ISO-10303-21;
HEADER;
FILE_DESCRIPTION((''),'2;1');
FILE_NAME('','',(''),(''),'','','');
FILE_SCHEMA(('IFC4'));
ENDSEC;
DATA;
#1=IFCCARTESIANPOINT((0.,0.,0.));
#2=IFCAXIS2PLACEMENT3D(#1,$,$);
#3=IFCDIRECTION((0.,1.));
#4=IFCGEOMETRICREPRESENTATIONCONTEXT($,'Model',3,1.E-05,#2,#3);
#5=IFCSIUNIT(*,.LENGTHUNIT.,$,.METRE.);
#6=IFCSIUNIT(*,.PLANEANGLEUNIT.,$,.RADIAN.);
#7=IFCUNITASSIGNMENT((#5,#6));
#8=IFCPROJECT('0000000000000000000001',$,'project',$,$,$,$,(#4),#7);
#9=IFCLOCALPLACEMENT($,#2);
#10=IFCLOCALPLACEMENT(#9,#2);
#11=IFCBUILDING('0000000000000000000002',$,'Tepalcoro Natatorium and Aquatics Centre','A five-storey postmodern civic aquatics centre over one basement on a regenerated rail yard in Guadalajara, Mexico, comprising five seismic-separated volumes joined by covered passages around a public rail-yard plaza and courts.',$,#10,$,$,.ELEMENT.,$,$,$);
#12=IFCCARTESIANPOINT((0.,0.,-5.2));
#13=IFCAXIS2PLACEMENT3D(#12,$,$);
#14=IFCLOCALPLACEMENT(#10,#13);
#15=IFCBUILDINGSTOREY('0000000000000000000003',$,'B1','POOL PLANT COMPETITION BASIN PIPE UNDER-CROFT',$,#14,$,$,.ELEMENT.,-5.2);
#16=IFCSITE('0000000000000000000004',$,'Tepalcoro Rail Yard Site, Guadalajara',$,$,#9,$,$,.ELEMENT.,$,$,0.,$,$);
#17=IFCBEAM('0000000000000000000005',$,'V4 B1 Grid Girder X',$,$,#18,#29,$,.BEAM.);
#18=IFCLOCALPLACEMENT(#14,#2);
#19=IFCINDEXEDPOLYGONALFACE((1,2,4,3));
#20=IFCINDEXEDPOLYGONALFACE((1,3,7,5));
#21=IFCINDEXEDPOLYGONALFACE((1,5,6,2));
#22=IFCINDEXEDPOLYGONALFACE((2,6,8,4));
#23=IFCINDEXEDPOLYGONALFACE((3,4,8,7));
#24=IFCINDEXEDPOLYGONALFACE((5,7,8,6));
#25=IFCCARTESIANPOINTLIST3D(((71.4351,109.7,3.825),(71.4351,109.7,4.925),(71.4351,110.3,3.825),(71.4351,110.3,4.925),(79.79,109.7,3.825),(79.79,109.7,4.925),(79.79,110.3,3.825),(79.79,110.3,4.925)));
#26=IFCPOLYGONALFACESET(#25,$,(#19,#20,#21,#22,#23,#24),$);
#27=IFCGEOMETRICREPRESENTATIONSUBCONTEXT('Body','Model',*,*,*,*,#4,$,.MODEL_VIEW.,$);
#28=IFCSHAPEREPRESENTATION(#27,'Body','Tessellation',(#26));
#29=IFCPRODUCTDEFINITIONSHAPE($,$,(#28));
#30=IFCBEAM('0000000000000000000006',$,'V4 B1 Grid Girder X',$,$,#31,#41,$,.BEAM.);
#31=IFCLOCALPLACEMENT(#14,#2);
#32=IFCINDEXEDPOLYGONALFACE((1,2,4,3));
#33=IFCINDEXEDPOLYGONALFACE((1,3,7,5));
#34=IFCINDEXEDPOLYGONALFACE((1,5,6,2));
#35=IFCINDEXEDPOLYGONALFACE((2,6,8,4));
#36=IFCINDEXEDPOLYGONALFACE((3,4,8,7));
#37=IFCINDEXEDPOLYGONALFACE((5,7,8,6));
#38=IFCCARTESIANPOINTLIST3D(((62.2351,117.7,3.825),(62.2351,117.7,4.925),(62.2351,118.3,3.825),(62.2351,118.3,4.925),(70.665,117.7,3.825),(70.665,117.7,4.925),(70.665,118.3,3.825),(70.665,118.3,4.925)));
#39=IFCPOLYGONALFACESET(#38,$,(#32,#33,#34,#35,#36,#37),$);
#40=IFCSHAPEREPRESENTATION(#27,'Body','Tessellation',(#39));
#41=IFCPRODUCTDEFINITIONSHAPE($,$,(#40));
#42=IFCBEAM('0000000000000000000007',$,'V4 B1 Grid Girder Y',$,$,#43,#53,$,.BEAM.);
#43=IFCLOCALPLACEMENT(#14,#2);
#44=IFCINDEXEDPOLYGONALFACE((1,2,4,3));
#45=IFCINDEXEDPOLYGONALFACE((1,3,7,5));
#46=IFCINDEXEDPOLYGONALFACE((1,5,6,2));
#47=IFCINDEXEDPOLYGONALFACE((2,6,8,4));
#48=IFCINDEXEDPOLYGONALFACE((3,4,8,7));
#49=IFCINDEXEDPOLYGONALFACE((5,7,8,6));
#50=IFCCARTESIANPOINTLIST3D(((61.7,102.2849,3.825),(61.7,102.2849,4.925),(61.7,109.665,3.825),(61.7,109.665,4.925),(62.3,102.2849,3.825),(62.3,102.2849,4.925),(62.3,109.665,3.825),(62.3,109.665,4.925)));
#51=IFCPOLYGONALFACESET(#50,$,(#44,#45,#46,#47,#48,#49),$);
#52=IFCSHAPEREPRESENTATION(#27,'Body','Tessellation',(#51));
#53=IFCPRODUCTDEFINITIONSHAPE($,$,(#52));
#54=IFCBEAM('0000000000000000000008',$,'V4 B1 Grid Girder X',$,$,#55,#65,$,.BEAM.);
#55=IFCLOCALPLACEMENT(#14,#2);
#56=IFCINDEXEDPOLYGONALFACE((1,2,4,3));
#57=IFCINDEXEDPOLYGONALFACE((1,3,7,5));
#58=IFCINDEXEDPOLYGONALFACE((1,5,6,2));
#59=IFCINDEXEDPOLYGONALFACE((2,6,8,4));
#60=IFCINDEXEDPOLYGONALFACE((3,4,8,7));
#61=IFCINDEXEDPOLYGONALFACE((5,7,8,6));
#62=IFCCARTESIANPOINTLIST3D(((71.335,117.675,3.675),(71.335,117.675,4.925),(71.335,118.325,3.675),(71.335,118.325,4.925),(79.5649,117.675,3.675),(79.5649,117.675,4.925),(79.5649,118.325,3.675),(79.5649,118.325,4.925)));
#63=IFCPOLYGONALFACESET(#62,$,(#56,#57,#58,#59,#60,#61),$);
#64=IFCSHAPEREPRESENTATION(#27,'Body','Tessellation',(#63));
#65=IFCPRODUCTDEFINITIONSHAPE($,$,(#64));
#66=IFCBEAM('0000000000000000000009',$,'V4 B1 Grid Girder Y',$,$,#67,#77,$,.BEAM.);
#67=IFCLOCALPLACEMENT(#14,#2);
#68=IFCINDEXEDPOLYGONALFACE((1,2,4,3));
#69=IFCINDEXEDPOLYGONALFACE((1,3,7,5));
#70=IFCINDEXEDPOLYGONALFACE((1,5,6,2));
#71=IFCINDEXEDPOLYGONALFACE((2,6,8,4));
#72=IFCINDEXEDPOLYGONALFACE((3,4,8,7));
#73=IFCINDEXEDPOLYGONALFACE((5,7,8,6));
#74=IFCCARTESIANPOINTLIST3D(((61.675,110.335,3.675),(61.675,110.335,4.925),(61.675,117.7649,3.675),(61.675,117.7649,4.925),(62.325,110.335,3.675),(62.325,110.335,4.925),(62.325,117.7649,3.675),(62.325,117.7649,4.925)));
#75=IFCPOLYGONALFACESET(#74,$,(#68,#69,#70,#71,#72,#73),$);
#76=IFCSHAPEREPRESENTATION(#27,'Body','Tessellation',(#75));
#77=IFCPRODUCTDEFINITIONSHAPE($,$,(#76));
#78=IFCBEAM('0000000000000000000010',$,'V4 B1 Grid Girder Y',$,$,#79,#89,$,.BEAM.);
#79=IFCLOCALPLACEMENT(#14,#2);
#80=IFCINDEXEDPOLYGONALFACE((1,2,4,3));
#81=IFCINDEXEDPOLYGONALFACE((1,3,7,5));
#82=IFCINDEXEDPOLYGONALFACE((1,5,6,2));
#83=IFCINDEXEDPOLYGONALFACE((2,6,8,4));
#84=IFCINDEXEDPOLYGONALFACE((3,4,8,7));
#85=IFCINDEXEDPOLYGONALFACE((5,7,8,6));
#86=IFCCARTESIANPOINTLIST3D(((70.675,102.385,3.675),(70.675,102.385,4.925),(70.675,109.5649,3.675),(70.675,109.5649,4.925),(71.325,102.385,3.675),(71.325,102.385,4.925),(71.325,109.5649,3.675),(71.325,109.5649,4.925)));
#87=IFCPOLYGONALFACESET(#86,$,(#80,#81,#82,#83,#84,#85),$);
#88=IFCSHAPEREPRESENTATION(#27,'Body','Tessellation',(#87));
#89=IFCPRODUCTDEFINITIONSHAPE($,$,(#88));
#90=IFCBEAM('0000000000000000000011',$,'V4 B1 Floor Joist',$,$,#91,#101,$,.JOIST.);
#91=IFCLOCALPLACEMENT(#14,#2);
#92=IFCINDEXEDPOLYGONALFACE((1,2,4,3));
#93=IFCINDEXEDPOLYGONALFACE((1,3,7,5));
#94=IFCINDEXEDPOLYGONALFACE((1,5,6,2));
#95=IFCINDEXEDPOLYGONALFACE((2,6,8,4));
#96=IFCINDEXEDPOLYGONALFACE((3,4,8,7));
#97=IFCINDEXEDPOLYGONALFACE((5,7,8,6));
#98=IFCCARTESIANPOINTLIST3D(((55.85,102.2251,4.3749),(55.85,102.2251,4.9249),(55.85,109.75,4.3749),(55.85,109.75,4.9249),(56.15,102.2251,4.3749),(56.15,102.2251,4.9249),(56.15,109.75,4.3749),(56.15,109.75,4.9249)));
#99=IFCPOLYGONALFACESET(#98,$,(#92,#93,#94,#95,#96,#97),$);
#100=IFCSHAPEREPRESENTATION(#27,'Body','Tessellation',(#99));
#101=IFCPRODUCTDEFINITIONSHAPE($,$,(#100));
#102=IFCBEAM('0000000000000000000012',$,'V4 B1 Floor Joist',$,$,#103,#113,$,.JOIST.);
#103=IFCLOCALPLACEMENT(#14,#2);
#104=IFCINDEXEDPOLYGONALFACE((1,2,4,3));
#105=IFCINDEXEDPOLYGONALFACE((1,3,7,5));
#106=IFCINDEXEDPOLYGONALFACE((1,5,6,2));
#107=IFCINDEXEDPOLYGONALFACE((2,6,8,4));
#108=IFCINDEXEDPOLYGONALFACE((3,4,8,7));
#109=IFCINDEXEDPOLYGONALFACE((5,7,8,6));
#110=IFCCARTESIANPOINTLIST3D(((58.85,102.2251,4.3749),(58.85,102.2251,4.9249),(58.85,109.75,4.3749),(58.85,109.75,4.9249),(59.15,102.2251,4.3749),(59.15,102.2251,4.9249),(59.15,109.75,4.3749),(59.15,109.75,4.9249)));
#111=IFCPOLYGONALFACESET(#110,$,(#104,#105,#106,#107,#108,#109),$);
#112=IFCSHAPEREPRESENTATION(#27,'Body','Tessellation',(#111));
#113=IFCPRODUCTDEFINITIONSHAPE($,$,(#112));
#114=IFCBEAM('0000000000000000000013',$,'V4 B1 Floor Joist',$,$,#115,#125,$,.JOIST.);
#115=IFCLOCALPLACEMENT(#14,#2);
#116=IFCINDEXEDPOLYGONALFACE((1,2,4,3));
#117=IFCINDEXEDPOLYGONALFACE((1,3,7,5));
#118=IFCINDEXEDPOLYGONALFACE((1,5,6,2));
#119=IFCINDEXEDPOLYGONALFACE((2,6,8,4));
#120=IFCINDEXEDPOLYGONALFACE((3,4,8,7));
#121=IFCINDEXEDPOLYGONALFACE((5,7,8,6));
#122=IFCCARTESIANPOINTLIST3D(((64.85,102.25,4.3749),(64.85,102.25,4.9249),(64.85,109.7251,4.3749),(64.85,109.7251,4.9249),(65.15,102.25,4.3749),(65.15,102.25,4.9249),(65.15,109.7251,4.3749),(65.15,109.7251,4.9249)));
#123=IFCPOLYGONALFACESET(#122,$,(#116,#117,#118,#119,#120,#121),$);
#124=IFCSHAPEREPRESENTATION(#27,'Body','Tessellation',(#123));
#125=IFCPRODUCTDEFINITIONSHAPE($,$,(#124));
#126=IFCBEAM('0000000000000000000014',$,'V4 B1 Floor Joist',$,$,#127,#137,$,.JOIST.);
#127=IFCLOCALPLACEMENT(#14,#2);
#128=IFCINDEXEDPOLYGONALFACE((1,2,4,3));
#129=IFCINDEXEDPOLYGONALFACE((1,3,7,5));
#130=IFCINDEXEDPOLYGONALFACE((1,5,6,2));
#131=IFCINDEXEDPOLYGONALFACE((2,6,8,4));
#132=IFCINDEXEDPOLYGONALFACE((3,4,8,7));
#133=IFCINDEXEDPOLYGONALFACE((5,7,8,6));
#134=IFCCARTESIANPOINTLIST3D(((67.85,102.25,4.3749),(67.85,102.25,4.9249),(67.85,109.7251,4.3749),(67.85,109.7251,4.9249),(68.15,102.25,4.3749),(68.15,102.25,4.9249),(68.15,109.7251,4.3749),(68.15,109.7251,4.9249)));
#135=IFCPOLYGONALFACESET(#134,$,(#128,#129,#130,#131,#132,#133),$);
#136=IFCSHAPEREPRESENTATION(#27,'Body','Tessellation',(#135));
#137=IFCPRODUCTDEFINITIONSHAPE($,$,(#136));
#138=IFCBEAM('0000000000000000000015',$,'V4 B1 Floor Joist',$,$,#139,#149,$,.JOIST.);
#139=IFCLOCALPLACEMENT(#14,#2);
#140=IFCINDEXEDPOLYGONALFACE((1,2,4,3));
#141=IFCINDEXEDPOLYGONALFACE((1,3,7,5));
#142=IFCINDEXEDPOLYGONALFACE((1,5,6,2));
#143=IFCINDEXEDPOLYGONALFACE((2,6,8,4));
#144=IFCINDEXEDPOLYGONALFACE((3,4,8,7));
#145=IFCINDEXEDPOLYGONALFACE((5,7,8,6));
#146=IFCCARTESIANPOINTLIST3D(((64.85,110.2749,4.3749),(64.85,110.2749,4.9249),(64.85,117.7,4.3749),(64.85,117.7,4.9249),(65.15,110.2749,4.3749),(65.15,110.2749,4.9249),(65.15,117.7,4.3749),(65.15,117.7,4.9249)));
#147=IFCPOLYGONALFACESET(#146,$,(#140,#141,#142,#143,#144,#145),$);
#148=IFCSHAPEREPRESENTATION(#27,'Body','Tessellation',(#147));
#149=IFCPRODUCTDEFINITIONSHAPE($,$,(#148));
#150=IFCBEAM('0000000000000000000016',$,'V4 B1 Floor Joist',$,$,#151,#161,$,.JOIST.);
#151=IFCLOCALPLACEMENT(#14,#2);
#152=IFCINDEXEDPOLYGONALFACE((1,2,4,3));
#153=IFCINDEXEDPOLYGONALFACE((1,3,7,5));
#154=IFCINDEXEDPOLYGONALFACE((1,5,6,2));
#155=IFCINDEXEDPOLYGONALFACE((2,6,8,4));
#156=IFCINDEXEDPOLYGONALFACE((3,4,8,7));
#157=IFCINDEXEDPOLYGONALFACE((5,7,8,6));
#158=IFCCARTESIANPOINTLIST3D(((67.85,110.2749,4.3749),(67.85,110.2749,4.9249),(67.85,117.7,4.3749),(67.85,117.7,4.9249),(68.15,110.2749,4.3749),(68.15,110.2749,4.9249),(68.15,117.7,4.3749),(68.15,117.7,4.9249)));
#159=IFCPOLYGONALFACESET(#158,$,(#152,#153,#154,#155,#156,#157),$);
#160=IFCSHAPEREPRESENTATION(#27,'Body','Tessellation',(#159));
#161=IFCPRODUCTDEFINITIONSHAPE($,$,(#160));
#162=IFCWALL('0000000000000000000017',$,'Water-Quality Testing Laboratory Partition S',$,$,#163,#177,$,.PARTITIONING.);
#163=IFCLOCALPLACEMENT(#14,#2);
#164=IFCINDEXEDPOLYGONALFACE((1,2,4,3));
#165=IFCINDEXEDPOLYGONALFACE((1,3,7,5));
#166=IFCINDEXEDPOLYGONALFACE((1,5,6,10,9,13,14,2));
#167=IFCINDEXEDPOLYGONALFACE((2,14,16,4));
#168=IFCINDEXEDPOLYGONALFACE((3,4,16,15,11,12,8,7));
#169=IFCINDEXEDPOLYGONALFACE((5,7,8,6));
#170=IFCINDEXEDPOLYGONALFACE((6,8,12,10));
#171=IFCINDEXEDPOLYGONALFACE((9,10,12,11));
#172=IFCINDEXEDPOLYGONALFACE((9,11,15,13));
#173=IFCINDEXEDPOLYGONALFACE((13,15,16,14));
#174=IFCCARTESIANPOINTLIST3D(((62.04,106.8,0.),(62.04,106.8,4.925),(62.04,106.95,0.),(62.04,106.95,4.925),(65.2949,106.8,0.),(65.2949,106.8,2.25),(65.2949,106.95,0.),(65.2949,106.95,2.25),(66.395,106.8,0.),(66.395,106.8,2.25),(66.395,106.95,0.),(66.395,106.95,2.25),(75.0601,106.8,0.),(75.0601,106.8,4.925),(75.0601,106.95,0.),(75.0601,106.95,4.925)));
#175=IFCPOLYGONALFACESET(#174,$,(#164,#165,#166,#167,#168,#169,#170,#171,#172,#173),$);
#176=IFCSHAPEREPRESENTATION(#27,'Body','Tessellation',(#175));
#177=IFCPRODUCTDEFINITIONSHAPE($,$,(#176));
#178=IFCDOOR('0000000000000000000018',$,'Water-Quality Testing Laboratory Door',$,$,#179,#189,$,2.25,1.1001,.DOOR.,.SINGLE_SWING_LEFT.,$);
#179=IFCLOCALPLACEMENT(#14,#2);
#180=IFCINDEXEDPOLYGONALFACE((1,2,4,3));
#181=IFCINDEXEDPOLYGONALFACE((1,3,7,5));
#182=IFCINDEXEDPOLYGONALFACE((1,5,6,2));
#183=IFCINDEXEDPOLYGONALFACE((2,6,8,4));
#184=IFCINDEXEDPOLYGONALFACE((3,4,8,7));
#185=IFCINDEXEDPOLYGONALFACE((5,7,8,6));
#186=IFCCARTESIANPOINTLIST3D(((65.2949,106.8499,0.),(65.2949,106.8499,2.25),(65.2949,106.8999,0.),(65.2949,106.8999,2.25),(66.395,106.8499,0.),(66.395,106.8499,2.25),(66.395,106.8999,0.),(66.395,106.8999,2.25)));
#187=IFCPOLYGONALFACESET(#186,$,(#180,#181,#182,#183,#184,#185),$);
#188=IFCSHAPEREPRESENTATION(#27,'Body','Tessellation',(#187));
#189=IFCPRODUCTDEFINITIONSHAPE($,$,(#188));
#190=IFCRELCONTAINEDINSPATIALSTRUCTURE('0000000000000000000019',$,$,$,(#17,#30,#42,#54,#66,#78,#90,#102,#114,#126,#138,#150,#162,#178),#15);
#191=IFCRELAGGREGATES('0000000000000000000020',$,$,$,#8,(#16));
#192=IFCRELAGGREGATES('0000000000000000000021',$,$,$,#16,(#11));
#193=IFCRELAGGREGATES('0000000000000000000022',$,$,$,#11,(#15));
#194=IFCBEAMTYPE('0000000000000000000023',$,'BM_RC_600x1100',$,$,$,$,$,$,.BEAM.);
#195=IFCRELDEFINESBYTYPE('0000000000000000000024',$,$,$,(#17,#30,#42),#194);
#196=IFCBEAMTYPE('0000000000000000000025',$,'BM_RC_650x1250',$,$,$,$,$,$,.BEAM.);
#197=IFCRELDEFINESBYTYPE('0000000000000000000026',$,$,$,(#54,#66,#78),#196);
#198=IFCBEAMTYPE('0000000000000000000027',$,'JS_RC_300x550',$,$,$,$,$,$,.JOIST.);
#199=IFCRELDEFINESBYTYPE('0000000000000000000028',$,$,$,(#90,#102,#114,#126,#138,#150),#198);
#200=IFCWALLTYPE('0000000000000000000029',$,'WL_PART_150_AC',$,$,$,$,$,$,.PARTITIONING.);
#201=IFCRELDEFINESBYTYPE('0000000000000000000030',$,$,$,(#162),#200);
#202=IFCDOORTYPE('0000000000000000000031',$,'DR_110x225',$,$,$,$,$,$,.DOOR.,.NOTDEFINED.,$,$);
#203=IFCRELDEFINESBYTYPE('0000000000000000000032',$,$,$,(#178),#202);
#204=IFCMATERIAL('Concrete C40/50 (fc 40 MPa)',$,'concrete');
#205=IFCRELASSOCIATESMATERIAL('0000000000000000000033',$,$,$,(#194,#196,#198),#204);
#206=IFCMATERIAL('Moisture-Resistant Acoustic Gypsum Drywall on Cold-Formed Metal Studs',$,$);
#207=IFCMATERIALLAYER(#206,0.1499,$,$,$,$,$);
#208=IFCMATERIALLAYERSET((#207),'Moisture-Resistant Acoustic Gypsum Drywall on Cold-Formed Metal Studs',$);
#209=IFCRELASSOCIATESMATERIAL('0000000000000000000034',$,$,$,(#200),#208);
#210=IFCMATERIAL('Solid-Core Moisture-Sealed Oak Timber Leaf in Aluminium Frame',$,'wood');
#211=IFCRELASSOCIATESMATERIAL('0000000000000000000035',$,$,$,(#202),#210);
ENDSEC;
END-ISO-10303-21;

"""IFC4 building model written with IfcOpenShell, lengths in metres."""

from ifc_helpers import new_model, si_unit, direction, frame, frame_2d, origin, origin_2d, place, context, subcontext, project, spatial, rectangle, extrude, material, layer, layer_set, material_profile, profile_set, type_object, element, fill, save


model = new_model("IFC4")

# Units and contexts
model_context = context("Model", 3, precision=1e-05, world=origin(), true_north=direction((0.0, 1.0)))
body_context = subcontext(model_context, "Body", "Model", "MODEL_VIEW")
ifc_project = project(units=[si_unit("LENGTHUNIT", "METRE"), si_unit("PLANEANGLEUNIT", "RADIAN")], contexts=[model_context])

# Site, building, storey
site_placement = place(None, origin())
site = spatial("IfcSite", under=ifc_project, at=site_placement, Name="Tepalcoro Rail Yard Site, Guadalajara", CompositionType="ELEMENT", RefElevation=0.0)
building_placement = place(site_placement, origin())
building = spatial("IfcBuilding", under=site, at=building_placement, Name="Tepalcoro Natatorium and Aquatics Centre", Description="A five-storey postmodern civic aquatics centre over one basement on a regenerated rail yard in Guadalajara, Mexico, comprising five seismic-separated volumes joined by covered passages around a public rail-yard plaza and courts.", CompositionType="ELEMENT")
storey_placement = place(building_placement, frame((0.0, 0.0, -5.2)))
storey = spatial("IfcBuildingStorey", under=building, at=storey_placement, Name="B1", Description="POOL PLANT COMPETITION BASIN PIPE UNDER-CROFT", CompositionType="ELEMENT", Elevation=-5.2)

# Shared definitions
ifc_material_1 = material(Name="Concrete C40/50 (fc 40 MPa)", Category="concrete")

# Beams
ifc_material_profile_1 = material_profile(ifc_material_1, rectangle(XDim=0.6001, YDim=1.1001, at=origin_2d()), Name="RCB600x1100")
ifc_profile_set_1 = profile_set([ifc_material_profile_1], Name="Concrete C40/50 (fc 40 MPa)")
beam_type_1 = type_object("IfcBeamType", Name="BM_RC_600x1100", PredefinedType="BEAM", material=ifc_profile_set_1)
beam_1_placement = place(storey_placement, frame((71.4351, 110.0, 4.375), z_axis=(1.0, 0.0, 0.0), x_axis=(0.0, 1.0, 0.0)))
element("IfcBeam", 1, at=beam_1_placement, inside=storey, type_object=beam_type_1, Name="V4 B1 Grid Girder X", PredefinedType="BEAM", context=body_context, shape_type="SweptSolid", body=[
    extrude(rectangle(XDim=0.6001, YDim=1.1001, at=origin_2d()), origin(), (0.0, 0.0, 1.0), 8.355),
])
beam_2_placement = place(storey_placement, frame((62.2351, 118.0, 4.375), z_axis=(1.0, 0.0, 0.0), x_axis=(0.0, 1.0, 0.0)))
element("IfcBeam", 2, at=beam_2_placement, inside=storey, type_object=beam_type_1, Name="V4 B1 Grid Girder X", PredefinedType="BEAM", context=body_context, shape_type="SweptSolid", body=[
    extrude(rectangle(XDim=0.6001, YDim=1.1001, at=origin_2d()), origin(), (0.0, 0.0, 1.0), 8.4299),
])
beam_3_placement = place(storey_placement, frame((62.0, 102.2849, 4.375), z_axis=(0.0, 1.0, 0.0), x_axis=(-1.0, 0.0, 0.0)))
element("IfcBeam", 3, at=beam_3_placement, inside=storey, type_object=beam_type_1, Name="V4 B1 Grid Girder Y", PredefinedType="BEAM", context=body_context, shape_type="SweptSolid", body=[
    extrude(rectangle(XDim=0.6001, YDim=1.1001, at=origin_2d()), origin(), (0.0, 0.0, 1.0), 7.3801),
])
ifc_material_profile_2 = material_profile(ifc_material_1, rectangle(XDim=0.6499, YDim=1.25, at=origin_2d()), Name="RCB650x1250")
ifc_profile_set_2 = profile_set([ifc_material_profile_2], Name="Concrete C40/50 (fc 40 MPa)")
beam_type_2 = type_object("IfcBeamType", Name="BM_RC_650x1250", PredefinedType="BEAM", material=ifc_profile_set_2)
beam_4_placement = place(storey_placement, frame((71.335, 118.0, 4.3), z_axis=(1.0, 0.0, 0.0), x_axis=(0.0, 1.0, 0.0)))
element("IfcBeam", 4, at=beam_4_placement, inside=storey, type_object=beam_type_2, Name="V4 B1 Grid Girder X", PredefinedType="BEAM", context=body_context, shape_type="SweptSolid", body=[
    extrude(rectangle(XDim=0.6499, YDim=1.25, at=origin_2d()), origin(), (0.0, 0.0, 1.0), 8.23),
])
beam_5_placement = place(storey_placement, frame((62.0, 110.335, 4.3), z_axis=(0.0, 1.0, 0.0), x_axis=(-1.0, 0.0, 0.0)))
element("IfcBeam", 5, at=beam_5_placement, inside=storey, type_object=beam_type_2, Name="V4 B1 Grid Girder Y", PredefinedType="BEAM", context=body_context, shape_type="SweptSolid", body=[
    extrude(rectangle(XDim=0.6499, YDim=1.25, at=origin_2d()), origin(), (0.0, 0.0, 1.0), 7.4299),
])
beam_6_placement = place(storey_placement, frame((71.0, 102.385, 4.3), z_axis=(0.0, 1.0, 0.0), x_axis=(-1.0, 0.0, 0.0)))
element("IfcBeam", 6, at=beam_6_placement, inside=storey, type_object=beam_type_2, Name="V4 B1 Grid Girder Y", PredefinedType="BEAM", context=body_context, shape_type="SweptSolid", body=[
    extrude(rectangle(XDim=0.6499, YDim=1.25, at=origin_2d()), origin(), (0.0, 0.0, 1.0), 7.1799),
])
ifc_material_profile_3 = material_profile(ifc_material_1, rectangle(XDim=0.3, YDim=0.55, at=origin_2d()), Name="RCJ300x550")
ifc_profile_set_3 = profile_set([ifc_material_profile_3], Name="Concrete C40/50 (fc 40 MPa)")
beam_type_3 = type_object("IfcBeamType", Name="JS_RC_300x550", PredefinedType="JOIST", material=ifc_profile_set_3)
for number, where, z_axis, x_axis, name in (
    (7, (56.0, 102.2251, 4.6499), (0.0, 1.0, 0.0), (-1.0, 0.0, 0.0), "V4 B1 Floor Joist"),
    (8, (59.0, 102.2251, 4.6499), (0.0, 1.0, 0.0), (-1.0, 0.0, 0.0), "V4 B1 Floor Joist"),
):
    element("IfcBeam", number, at=place(storey_placement, frame(where, z_axis=z_axis, x_axis=x_axis)), inside=storey, type_object=beam_type_3, Name=name, PredefinedType="JOIST", context=body_context, shape_type="SweptSolid", body=[
        extrude(rectangle(XDim=0.3, YDim=0.55, at=origin_2d()), origin(), (0.0, 0.0, 1.0), 7.5249),
    ])
for number, where, z_axis, x_axis, name in (
    (9, (65.0, 102.25, 4.6499), (0.0, 1.0, 0.0), (-1.0, 0.0, 0.0), "V4 B1 Floor Joist"),
    (10, (68.0, 102.25, 4.6499), (0.0, 1.0, 0.0), (-1.0, 0.0, 0.0), "V4 B1 Floor Joist"),
):
    element("IfcBeam", number, at=place(storey_placement, frame(where, z_axis=z_axis, x_axis=x_axis)), inside=storey, type_object=beam_type_3, Name=name, PredefinedType="JOIST", context=body_context, shape_type="SweptSolid", body=[
        extrude(rectangle(XDim=0.3, YDim=0.55, at=origin_2d()), origin(), (0.0, 0.0, 1.0), 7.4751),
    ])
for number, where, z_axis, x_axis, name in (
    (11, (65.0, 110.2749, 4.6499), (0.0, 1.0, 0.0), (-1.0, 0.0, 0.0), "V4 B1 Floor Joist"),
    (12, (68.0, 110.2749, 4.6499), (0.0, 1.0, 0.0), (-1.0, 0.0, 0.0), "V4 B1 Floor Joist"),
):
    element("IfcBeam", number, at=place(storey_placement, frame(where, z_axis=z_axis, x_axis=x_axis)), inside=storey, type_object=beam_type_3, Name=name, PredefinedType="JOIST", context=body_context, shape_type="SweptSolid", body=[
        extrude(rectangle(XDim=0.3, YDim=0.55, at=origin_2d()), origin(), (0.0, 0.0, 1.0), 7.425),
    ])

# Wall, opening, door
ifc_material_2 = material(Name="Moisture-Resistant Acoustic Gypsum Drywall on Cold-Formed Metal Studs")
ifc_layer_1 = layer(ifc_material_2, 0.1499)
ifc_layer_set_1 = layer_set([ifc_layer_1], Name="Moisture-Resistant Acoustic Gypsum Drywall on Cold-Formed Metal Studs")
wall_type_1 = type_object("IfcWallType", Name="WL_PART_150_AC", PredefinedType="PARTITIONING", material=ifc_layer_set_1)
wall_1_placement = place(storey_placement, frame((62.04, 106.875, 0.0), z_axis=(0.0, 0.0, 1.0), x_axis=(1.0, 0.0, 0.0)))
wall_1 = element("IfcWall", 13, at=wall_1_placement, inside=storey, type_object=wall_type_1, Name="Water-Quality Testing Laboratory Partition S", PredefinedType="PARTITIONING", context=body_context, shape_type="SweptSolid", body=[
    extrude(rectangle(XDim=13.02, YDim=0.1499, at=frame_2d((6.51, 0.0))), origin(), (0.0, 0.0, 1.0), 4.925),
])
opening_placement = place(wall_1_placement, frame((3.2549, 0.0, 0.0)))
opening = element("IfcOpeningElement", 14, at=opening_placement, cuts=wall_1, PredefinedType="OPENING", context=body_context, shape_type="SweptSolid", body=[
    extrude(rectangle(XDim=1.1001, YDim=2.25, at=frame_2d((0.55, 1.125))), frame((0.0, 0.0869, 0.0), z_axis=(0.0, -1.0, 0.0), x_axis=(1.0, 0.0, 0.0)), (0.0, 0.0, 1.0), 0.1738),
])
ifc_material_3 = material(Name="Solid-Core Moisture-Sealed Oak Timber Leaf in Aluminium Frame", Category="wood")
door_type = type_object("IfcDoorType", Name="DR_110x225", OperationType="NOTDEFINED", PredefinedType="DOOR", material=ifc_material_3)
door_placement = place(opening_placement, origin())
door = element("IfcDoor", 15, at=door_placement, inside=storey, type_object=door_type, Name="Water-Quality Testing Laboratory Door", OperationType="SINGLE_SWING_LEFT", OverallHeight=2.25, OverallWidth=1.1001, PredefinedType="DOOR", context=body_context, shape_type="SweptSolid", body=[
    extrude(rectangle(XDim=1.1001, YDim=2.25, at=frame_2d((0.55, 1.125))), frame((0.0, 0.0249, 0.0), z_axis=(0.0, -1.0, 0.0), x_axis=(1.0, 0.0, 0.0)), (0.0, 0.0, 1.0), 0.05),
])
fill(opening, door)

save(model, "model.ifc")
